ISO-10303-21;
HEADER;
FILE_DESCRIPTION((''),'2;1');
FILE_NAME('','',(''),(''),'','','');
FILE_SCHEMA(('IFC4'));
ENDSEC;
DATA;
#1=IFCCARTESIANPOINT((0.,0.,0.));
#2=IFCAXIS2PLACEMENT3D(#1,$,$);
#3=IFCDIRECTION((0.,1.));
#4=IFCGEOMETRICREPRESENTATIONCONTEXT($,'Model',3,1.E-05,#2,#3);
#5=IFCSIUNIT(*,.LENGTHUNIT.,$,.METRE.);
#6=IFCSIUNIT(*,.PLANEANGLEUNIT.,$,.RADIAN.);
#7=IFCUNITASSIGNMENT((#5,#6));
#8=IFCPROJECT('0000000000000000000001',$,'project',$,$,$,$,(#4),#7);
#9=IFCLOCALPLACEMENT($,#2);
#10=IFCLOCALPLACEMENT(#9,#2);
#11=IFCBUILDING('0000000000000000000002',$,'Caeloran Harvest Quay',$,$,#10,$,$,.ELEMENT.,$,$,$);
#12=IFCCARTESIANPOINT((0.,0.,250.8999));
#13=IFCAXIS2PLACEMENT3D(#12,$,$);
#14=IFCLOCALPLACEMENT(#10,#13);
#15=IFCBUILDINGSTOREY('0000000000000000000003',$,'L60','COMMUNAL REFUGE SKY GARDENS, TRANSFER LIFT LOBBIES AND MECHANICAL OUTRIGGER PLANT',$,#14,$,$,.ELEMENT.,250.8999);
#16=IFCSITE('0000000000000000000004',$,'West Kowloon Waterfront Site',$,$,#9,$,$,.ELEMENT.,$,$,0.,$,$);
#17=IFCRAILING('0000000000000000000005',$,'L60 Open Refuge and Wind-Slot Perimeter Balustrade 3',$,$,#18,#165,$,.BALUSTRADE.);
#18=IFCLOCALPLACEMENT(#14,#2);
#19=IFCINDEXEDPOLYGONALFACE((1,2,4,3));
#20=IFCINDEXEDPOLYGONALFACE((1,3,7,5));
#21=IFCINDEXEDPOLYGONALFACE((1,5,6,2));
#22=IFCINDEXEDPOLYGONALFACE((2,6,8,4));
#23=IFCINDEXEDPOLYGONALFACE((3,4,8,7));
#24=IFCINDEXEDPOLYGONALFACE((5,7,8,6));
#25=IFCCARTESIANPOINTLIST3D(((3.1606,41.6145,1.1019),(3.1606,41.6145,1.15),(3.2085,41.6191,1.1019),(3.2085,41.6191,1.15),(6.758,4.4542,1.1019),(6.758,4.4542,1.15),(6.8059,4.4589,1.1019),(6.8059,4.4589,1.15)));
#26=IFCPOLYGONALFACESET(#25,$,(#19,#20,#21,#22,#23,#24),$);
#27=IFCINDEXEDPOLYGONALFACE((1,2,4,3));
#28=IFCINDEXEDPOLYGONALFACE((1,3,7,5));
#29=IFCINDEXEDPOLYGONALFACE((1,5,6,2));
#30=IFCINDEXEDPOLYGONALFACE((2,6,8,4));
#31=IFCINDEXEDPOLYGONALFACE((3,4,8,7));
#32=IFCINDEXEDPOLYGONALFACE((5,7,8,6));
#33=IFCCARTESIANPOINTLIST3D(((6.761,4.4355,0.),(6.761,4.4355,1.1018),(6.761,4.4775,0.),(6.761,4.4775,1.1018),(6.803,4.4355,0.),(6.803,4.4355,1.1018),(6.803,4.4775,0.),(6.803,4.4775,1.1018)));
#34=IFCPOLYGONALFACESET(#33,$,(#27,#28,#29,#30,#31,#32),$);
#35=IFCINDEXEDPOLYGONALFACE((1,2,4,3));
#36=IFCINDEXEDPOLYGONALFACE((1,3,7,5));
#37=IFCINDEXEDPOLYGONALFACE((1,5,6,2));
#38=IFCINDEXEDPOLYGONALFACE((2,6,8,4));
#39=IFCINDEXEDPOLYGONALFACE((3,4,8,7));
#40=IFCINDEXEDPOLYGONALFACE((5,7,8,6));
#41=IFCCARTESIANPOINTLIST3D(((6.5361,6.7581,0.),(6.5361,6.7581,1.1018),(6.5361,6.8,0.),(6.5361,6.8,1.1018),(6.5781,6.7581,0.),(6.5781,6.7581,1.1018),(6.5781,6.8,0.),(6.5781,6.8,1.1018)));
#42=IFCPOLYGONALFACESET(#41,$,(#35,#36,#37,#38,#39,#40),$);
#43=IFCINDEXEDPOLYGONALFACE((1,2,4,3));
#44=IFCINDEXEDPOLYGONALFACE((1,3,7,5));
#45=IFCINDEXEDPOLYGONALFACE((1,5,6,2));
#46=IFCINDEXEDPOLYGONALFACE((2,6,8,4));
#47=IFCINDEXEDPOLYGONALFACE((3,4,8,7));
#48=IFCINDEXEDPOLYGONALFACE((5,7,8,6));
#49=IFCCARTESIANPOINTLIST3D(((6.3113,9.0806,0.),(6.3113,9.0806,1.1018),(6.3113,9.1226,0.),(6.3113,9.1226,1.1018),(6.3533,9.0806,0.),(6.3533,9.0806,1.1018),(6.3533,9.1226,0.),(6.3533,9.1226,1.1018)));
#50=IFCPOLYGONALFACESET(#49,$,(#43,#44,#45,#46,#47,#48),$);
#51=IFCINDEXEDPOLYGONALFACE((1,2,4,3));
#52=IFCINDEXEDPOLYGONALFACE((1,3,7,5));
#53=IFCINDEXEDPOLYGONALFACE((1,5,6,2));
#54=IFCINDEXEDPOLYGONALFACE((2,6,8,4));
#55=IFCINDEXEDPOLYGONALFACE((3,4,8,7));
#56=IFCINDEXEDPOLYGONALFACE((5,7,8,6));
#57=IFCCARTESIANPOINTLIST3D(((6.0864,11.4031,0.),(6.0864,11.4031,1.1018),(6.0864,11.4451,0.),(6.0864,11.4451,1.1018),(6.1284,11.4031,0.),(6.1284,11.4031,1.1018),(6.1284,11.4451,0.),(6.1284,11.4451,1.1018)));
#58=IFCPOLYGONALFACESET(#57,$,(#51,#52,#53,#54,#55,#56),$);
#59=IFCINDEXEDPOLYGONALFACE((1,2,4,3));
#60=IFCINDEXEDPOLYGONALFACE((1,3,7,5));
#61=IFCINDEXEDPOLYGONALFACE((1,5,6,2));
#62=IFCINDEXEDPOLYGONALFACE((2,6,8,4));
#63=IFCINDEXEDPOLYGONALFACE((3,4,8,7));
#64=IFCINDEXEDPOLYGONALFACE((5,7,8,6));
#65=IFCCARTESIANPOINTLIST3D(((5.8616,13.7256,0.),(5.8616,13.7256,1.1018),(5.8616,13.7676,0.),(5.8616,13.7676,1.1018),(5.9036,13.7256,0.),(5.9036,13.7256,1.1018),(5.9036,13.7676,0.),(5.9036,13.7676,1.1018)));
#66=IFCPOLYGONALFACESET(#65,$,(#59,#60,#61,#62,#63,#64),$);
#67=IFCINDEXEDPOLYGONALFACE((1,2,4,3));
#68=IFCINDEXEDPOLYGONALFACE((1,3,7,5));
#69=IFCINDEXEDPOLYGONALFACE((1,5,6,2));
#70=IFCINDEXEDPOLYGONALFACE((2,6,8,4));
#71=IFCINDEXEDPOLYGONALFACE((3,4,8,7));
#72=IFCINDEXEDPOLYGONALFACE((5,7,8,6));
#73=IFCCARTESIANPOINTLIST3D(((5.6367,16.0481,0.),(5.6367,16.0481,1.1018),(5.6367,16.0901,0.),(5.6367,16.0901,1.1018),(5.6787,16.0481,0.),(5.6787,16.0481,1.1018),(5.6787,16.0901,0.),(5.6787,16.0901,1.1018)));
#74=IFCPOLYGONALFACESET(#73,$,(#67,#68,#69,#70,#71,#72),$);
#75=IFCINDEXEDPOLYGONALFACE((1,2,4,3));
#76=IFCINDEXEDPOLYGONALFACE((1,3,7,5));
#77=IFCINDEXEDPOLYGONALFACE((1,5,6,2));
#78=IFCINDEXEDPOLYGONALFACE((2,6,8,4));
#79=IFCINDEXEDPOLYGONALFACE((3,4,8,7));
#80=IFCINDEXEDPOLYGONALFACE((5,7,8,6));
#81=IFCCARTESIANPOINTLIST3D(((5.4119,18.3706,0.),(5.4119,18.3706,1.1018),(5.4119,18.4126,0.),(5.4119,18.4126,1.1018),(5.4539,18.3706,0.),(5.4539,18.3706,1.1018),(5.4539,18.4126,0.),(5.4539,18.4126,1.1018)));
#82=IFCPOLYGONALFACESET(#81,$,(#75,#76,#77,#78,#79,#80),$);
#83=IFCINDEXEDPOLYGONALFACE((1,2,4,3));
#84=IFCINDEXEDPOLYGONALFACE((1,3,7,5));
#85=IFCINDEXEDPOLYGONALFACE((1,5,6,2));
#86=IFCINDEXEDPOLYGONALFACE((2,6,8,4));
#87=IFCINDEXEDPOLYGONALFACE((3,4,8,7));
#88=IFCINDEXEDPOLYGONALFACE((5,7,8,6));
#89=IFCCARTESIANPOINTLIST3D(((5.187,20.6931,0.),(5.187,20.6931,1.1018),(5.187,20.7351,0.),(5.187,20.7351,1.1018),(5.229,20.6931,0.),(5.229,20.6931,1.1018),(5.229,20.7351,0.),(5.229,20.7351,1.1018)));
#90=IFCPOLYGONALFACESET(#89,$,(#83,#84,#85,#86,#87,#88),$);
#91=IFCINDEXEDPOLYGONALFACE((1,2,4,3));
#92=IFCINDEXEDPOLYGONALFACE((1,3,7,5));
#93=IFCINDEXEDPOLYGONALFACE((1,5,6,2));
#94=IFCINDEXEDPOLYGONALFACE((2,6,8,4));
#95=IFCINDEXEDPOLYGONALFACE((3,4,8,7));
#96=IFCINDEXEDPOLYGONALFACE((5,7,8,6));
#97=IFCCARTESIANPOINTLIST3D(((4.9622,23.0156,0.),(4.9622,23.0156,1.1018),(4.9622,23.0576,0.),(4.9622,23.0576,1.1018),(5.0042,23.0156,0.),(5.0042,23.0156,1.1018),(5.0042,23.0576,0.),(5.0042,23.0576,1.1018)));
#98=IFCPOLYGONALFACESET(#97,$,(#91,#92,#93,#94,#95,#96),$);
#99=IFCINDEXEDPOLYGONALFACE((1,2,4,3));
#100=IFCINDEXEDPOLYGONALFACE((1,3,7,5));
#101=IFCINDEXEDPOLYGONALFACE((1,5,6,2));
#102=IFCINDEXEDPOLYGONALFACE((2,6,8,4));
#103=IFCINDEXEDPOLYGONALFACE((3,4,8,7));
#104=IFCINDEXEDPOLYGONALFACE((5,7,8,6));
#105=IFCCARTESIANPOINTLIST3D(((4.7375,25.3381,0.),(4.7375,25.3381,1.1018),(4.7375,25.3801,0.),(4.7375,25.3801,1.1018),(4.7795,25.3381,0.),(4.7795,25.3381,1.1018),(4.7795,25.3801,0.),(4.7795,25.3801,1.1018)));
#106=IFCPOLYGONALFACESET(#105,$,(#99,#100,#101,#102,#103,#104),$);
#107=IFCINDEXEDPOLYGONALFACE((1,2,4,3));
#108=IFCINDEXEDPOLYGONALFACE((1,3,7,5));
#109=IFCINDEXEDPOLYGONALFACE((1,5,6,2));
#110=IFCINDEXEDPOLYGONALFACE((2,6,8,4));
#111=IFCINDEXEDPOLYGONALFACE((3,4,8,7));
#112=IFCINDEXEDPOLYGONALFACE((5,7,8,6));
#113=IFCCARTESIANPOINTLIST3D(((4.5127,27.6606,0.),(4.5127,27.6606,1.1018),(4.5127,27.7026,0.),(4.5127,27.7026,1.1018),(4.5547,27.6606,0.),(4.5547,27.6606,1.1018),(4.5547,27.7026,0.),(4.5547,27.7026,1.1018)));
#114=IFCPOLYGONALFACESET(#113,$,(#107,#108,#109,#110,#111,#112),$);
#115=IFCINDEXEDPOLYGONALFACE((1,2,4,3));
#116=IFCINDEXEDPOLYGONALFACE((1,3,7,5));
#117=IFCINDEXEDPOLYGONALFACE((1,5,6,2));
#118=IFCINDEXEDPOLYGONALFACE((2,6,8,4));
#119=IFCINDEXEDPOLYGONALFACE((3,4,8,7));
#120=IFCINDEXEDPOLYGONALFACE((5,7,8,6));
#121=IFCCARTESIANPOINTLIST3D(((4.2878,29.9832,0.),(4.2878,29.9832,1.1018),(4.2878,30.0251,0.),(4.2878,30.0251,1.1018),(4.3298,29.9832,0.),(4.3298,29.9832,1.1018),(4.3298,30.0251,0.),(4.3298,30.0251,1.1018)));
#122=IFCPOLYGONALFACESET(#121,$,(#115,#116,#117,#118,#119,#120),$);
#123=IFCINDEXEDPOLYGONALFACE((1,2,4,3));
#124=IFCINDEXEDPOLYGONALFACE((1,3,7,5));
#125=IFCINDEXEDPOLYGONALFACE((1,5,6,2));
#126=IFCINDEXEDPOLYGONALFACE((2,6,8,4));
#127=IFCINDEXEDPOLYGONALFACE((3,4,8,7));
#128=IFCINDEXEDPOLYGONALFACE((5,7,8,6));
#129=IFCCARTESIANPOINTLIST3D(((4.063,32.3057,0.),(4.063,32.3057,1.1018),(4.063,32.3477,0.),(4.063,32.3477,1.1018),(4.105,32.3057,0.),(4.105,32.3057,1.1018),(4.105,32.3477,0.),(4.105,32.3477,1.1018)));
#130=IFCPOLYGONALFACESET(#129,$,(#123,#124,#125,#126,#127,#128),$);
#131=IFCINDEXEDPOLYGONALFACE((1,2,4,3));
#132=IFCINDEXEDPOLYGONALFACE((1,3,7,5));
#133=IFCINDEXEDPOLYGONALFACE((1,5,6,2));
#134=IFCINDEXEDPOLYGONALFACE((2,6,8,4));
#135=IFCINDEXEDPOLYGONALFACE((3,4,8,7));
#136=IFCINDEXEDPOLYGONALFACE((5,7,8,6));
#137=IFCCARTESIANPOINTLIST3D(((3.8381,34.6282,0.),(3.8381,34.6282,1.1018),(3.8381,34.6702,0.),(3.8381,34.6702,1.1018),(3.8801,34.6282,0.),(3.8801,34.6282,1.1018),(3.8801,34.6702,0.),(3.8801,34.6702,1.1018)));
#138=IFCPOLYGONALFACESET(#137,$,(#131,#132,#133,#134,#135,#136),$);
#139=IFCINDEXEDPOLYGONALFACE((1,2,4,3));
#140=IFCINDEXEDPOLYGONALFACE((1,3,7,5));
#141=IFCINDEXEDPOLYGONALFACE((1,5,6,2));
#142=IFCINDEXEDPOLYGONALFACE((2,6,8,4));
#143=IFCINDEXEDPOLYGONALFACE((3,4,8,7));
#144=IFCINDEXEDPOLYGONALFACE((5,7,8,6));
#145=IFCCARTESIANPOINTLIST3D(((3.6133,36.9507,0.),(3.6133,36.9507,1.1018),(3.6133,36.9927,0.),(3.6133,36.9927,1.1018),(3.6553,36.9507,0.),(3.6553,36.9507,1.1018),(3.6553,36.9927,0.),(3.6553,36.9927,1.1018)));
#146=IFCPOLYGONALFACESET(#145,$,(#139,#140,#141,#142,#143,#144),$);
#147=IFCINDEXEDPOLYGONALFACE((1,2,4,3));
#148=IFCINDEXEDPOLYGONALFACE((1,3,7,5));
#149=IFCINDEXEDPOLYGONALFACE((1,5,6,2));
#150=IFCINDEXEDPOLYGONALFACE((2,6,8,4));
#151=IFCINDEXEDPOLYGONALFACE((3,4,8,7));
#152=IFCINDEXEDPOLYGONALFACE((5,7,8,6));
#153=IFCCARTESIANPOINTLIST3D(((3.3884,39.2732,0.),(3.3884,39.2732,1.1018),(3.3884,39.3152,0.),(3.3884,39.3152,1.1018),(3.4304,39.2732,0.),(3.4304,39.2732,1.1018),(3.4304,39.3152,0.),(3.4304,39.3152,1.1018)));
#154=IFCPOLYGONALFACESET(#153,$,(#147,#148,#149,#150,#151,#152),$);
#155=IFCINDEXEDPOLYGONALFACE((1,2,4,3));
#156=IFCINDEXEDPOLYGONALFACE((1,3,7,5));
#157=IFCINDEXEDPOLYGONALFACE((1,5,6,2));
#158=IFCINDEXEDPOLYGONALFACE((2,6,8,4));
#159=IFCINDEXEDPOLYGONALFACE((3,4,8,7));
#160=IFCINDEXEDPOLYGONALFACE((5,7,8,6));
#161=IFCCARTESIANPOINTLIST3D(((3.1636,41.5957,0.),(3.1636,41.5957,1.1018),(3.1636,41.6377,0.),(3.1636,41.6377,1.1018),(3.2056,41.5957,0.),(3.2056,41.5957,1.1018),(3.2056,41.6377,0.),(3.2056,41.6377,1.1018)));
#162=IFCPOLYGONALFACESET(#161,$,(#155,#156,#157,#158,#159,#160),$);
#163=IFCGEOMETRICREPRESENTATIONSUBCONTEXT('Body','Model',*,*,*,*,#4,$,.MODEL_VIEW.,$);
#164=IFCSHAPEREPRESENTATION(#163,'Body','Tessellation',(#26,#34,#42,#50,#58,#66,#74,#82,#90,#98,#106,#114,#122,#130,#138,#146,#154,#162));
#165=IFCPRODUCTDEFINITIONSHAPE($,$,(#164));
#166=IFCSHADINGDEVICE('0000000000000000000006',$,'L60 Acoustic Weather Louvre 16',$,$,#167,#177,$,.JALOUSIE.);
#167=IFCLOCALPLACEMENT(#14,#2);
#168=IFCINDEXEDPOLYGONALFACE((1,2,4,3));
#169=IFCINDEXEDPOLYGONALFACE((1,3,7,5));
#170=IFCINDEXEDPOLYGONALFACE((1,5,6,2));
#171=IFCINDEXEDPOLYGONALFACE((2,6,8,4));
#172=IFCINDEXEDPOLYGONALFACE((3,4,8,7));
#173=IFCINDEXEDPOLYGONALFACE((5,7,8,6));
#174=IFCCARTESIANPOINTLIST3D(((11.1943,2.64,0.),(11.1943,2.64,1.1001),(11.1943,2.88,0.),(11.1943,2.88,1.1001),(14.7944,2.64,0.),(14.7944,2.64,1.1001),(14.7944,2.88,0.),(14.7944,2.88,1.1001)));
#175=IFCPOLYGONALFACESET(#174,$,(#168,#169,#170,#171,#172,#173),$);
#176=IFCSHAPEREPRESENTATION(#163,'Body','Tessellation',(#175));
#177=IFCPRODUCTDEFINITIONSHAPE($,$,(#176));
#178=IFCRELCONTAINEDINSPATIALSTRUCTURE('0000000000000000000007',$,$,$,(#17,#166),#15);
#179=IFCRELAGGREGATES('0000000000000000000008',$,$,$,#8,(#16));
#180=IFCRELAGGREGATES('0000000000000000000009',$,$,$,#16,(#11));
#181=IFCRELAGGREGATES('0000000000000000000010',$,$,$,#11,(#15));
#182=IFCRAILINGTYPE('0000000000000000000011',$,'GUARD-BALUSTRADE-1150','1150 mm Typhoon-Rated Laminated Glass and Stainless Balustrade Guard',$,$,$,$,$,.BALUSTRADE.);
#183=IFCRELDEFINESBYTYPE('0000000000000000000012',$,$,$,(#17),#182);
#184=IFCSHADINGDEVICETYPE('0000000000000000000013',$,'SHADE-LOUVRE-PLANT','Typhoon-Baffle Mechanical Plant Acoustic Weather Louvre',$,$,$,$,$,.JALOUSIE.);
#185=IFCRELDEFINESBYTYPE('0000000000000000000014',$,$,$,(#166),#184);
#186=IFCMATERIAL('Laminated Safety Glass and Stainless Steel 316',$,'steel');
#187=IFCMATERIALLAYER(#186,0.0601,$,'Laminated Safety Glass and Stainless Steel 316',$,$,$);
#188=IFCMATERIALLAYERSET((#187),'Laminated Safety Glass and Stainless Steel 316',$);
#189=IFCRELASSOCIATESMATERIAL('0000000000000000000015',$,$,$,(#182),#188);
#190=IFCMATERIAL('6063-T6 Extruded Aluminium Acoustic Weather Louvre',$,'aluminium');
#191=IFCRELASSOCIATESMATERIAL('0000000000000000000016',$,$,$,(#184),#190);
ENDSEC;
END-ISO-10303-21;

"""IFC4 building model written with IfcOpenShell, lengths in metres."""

from ifc_helpers import new_model, si_unit, direction, frame, origin, origin_2d, place, context, subcontext, project, spatial, rectangle, extrude, material, layer, layer_set, type_object, element, save


model = new_model("IFC4")

# Units and contexts
model_context = context("Model", 3, precision=1e-05, world=origin(), true_north=direction((0.0, 1.0)))
body_context = subcontext(model_context, "Body", "Model", "MODEL_VIEW")
ifc_project = project(units=[si_unit("LENGTHUNIT", "METRE"), si_unit("PLANEANGLEUNIT", "RADIAN")], contexts=[model_context])

# Site, building, storey
site_placement = place(None, origin())
site = spatial("IfcSite", under=ifc_project, at=site_placement, Name="West Kowloon Waterfront Site", CompositionType="ELEMENT", RefElevation=0.0)
building_placement = place(site_placement, origin())
building = spatial("IfcBuilding", under=site, at=building_placement, Name="Caeloran Harvest Quay", CompositionType="ELEMENT")
storey_placement = place(building_placement, frame((0.0, 0.0, 250.8999)))
storey = spatial("IfcBuildingStorey", under=building, at=storey_placement, Name="L60", Description="COMMUNAL REFUGE SKY GARDENS, TRANSFER LIFT LOBBIES AND MECHANICAL OUTRIGGER PLANT", CompositionType="ELEMENT", Elevation=250.8999)

# Railing
ifc_material_1 = material(Name="Laminated Safety Glass and Stainless Steel 316", Category="steel")
ifc_layer_1 = layer(ifc_material_1, 0.0601, Name="Laminated Safety Glass and Stainless Steel 316")
ifc_layer_set_1 = layer_set([ifc_layer_1], Name="Laminated Safety Glass and Stainless Steel 316")
railing_type = type_object("IfcRailingType", Name="GUARD-BALUSTRADE-1150", Description="1150 mm Typhoon-Rated Laminated Glass and Stainless Balustrade Guard", PredefinedType="BALUSTRADE", material=ifc_layer_set_1)
railing_1_placement = place(storey_placement, frame((6.782, 4.4565, 0.0)))
element("IfcRailing", 1, at=railing_1_placement, inside=storey, type_object=railing_type, Name="L60 Open Refuge and Wind-Slot Perimeter Balustrade 3", PredefinedType="BALUSTRADE", context=body_context, shape_type="SweptSolid", body=[
    extrude(rectangle(XDim=0.0481, YDim=0.0481, at=origin_2d()), frame((0.0, 0.0, 1.126), z_axis=(-0.096358, 0.995347, 0.0), x_axis=(-0.995347, -0.096358, 0.0)), (0.0, 0.0, 1.0), 37.334),
    extrude(rectangle(XDim=0.042, YDim=0.042, at=origin_2d()), origin(), (0.0, 0.0, 1.0), 1.1018),
    extrude(rectangle(XDim=0.042, YDim=0.042, at=origin_2d()), frame((-0.2249, 2.3225, 0.0)), (0.0, 0.0, 1.0), 1.1018),
    extrude(rectangle(XDim=0.042, YDim=0.042, at=origin_2d()), frame((-0.4497, 4.645, 0.0)), (0.0, 0.0, 1.0), 1.1018),
    extrude(rectangle(XDim=0.042, YDim=0.042, at=origin_2d()), frame((-0.6746, 6.9675, 0.0)), (0.0, 0.0, 1.0), 1.1018),
    extrude(rectangle(XDim=0.042, YDim=0.042, at=origin_2d()), frame((-0.8994, 9.29, 0.0)), (0.0, 0.0, 1.0), 1.1018),
    extrude(rectangle(XDim=0.042, YDim=0.042, at=origin_2d()), frame((-1.1243, 11.6125, 0.0)), (0.0, 0.0, 1.0), 1.1018),
    extrude(rectangle(XDim=0.042, YDim=0.042, at=origin_2d()), frame((-1.3491, 13.9351, 0.0)), (0.0, 0.0, 1.0), 1.1018),
    extrude(rectangle(XDim=0.042, YDim=0.042, at=origin_2d()), frame((-1.574, 16.2576, 0.0)), (0.0, 0.0, 1.0), 1.1018),
    extrude(rectangle(XDim=0.042, YDim=0.042, at=origin_2d()), frame((-1.7988, 18.5801, 0.0)), (0.0, 0.0, 1.0), 1.1018),
    extrude(rectangle(XDim=0.042, YDim=0.042, at=origin_2d()), frame((-2.0234, 20.9026, 0.0)), (0.0, 0.0, 1.0), 1.1018),
    extrude(rectangle(XDim=0.042, YDim=0.042, at=origin_2d()), frame((-2.2483, 23.2251, 0.0)), (0.0, 0.0, 1.0), 1.1018),
    extrude(rectangle(XDim=0.042, YDim=0.042, at=origin_2d()), frame((-2.4731, 25.5476, 0.0)), (0.0, 0.0, 1.0), 1.1018),
    extrude(rectangle(XDim=0.042, YDim=0.042, at=origin_2d()), frame((-2.698, 27.8701, 0.0)), (0.0, 0.0, 1.0), 1.1018),
    extrude(rectangle(XDim=0.042, YDim=0.042, at=origin_2d()), frame((-2.9229, 30.1926, 0.0)), (0.0, 0.0, 1.0), 1.1018),
    extrude(rectangle(XDim=0.042, YDim=0.042, at=origin_2d()), frame((-3.1477, 32.5151, 0.0)), (0.0, 0.0, 1.0), 1.1018),
    extrude(rectangle(XDim=0.042, YDim=0.042, at=origin_2d()), frame((-3.3726, 34.8376, 0.0)), (0.0, 0.0, 1.0), 1.1018),
    extrude(rectangle(XDim=0.042, YDim=0.042, at=origin_2d()), frame((-3.5974, 37.1602, 0.0)), (0.0, 0.0, 1.0), 1.1018),
])

# Shading device
ifc_material_2 = material(Name="6063-T6 Extruded Aluminium Acoustic Weather Louvre", Category="aluminium")
shading_device_type = type_object("IfcShadingDeviceType", Name="SHADE-LOUVRE-PLANT", Description="Typhoon-Baffle Mechanical Plant Acoustic Weather Louvre", PredefinedType="JALOUSIE", material=ifc_material_2)
shading_device_placement = place(storey_placement, frame((12.9944, 2.76, 0.0), z_axis=(0.0, 0.0, 1.0), x_axis=(-1.0, 0.0, 0.0)))
element("IfcShadingDevice", 2, at=shading_device_placement, inside=storey, type_object=shading_device_type, Name="L60 Acoustic Weather Louvre 16", PredefinedType="JALOUSIE", context=body_context, shape_type="SweptSolid", body=[
    extrude(rectangle(XDim=3.6001, YDim=0.24, at=origin_2d()), origin(), (0.0, 0.0, 1.0), 1.1001),
])

save(model, "model.ifc")
